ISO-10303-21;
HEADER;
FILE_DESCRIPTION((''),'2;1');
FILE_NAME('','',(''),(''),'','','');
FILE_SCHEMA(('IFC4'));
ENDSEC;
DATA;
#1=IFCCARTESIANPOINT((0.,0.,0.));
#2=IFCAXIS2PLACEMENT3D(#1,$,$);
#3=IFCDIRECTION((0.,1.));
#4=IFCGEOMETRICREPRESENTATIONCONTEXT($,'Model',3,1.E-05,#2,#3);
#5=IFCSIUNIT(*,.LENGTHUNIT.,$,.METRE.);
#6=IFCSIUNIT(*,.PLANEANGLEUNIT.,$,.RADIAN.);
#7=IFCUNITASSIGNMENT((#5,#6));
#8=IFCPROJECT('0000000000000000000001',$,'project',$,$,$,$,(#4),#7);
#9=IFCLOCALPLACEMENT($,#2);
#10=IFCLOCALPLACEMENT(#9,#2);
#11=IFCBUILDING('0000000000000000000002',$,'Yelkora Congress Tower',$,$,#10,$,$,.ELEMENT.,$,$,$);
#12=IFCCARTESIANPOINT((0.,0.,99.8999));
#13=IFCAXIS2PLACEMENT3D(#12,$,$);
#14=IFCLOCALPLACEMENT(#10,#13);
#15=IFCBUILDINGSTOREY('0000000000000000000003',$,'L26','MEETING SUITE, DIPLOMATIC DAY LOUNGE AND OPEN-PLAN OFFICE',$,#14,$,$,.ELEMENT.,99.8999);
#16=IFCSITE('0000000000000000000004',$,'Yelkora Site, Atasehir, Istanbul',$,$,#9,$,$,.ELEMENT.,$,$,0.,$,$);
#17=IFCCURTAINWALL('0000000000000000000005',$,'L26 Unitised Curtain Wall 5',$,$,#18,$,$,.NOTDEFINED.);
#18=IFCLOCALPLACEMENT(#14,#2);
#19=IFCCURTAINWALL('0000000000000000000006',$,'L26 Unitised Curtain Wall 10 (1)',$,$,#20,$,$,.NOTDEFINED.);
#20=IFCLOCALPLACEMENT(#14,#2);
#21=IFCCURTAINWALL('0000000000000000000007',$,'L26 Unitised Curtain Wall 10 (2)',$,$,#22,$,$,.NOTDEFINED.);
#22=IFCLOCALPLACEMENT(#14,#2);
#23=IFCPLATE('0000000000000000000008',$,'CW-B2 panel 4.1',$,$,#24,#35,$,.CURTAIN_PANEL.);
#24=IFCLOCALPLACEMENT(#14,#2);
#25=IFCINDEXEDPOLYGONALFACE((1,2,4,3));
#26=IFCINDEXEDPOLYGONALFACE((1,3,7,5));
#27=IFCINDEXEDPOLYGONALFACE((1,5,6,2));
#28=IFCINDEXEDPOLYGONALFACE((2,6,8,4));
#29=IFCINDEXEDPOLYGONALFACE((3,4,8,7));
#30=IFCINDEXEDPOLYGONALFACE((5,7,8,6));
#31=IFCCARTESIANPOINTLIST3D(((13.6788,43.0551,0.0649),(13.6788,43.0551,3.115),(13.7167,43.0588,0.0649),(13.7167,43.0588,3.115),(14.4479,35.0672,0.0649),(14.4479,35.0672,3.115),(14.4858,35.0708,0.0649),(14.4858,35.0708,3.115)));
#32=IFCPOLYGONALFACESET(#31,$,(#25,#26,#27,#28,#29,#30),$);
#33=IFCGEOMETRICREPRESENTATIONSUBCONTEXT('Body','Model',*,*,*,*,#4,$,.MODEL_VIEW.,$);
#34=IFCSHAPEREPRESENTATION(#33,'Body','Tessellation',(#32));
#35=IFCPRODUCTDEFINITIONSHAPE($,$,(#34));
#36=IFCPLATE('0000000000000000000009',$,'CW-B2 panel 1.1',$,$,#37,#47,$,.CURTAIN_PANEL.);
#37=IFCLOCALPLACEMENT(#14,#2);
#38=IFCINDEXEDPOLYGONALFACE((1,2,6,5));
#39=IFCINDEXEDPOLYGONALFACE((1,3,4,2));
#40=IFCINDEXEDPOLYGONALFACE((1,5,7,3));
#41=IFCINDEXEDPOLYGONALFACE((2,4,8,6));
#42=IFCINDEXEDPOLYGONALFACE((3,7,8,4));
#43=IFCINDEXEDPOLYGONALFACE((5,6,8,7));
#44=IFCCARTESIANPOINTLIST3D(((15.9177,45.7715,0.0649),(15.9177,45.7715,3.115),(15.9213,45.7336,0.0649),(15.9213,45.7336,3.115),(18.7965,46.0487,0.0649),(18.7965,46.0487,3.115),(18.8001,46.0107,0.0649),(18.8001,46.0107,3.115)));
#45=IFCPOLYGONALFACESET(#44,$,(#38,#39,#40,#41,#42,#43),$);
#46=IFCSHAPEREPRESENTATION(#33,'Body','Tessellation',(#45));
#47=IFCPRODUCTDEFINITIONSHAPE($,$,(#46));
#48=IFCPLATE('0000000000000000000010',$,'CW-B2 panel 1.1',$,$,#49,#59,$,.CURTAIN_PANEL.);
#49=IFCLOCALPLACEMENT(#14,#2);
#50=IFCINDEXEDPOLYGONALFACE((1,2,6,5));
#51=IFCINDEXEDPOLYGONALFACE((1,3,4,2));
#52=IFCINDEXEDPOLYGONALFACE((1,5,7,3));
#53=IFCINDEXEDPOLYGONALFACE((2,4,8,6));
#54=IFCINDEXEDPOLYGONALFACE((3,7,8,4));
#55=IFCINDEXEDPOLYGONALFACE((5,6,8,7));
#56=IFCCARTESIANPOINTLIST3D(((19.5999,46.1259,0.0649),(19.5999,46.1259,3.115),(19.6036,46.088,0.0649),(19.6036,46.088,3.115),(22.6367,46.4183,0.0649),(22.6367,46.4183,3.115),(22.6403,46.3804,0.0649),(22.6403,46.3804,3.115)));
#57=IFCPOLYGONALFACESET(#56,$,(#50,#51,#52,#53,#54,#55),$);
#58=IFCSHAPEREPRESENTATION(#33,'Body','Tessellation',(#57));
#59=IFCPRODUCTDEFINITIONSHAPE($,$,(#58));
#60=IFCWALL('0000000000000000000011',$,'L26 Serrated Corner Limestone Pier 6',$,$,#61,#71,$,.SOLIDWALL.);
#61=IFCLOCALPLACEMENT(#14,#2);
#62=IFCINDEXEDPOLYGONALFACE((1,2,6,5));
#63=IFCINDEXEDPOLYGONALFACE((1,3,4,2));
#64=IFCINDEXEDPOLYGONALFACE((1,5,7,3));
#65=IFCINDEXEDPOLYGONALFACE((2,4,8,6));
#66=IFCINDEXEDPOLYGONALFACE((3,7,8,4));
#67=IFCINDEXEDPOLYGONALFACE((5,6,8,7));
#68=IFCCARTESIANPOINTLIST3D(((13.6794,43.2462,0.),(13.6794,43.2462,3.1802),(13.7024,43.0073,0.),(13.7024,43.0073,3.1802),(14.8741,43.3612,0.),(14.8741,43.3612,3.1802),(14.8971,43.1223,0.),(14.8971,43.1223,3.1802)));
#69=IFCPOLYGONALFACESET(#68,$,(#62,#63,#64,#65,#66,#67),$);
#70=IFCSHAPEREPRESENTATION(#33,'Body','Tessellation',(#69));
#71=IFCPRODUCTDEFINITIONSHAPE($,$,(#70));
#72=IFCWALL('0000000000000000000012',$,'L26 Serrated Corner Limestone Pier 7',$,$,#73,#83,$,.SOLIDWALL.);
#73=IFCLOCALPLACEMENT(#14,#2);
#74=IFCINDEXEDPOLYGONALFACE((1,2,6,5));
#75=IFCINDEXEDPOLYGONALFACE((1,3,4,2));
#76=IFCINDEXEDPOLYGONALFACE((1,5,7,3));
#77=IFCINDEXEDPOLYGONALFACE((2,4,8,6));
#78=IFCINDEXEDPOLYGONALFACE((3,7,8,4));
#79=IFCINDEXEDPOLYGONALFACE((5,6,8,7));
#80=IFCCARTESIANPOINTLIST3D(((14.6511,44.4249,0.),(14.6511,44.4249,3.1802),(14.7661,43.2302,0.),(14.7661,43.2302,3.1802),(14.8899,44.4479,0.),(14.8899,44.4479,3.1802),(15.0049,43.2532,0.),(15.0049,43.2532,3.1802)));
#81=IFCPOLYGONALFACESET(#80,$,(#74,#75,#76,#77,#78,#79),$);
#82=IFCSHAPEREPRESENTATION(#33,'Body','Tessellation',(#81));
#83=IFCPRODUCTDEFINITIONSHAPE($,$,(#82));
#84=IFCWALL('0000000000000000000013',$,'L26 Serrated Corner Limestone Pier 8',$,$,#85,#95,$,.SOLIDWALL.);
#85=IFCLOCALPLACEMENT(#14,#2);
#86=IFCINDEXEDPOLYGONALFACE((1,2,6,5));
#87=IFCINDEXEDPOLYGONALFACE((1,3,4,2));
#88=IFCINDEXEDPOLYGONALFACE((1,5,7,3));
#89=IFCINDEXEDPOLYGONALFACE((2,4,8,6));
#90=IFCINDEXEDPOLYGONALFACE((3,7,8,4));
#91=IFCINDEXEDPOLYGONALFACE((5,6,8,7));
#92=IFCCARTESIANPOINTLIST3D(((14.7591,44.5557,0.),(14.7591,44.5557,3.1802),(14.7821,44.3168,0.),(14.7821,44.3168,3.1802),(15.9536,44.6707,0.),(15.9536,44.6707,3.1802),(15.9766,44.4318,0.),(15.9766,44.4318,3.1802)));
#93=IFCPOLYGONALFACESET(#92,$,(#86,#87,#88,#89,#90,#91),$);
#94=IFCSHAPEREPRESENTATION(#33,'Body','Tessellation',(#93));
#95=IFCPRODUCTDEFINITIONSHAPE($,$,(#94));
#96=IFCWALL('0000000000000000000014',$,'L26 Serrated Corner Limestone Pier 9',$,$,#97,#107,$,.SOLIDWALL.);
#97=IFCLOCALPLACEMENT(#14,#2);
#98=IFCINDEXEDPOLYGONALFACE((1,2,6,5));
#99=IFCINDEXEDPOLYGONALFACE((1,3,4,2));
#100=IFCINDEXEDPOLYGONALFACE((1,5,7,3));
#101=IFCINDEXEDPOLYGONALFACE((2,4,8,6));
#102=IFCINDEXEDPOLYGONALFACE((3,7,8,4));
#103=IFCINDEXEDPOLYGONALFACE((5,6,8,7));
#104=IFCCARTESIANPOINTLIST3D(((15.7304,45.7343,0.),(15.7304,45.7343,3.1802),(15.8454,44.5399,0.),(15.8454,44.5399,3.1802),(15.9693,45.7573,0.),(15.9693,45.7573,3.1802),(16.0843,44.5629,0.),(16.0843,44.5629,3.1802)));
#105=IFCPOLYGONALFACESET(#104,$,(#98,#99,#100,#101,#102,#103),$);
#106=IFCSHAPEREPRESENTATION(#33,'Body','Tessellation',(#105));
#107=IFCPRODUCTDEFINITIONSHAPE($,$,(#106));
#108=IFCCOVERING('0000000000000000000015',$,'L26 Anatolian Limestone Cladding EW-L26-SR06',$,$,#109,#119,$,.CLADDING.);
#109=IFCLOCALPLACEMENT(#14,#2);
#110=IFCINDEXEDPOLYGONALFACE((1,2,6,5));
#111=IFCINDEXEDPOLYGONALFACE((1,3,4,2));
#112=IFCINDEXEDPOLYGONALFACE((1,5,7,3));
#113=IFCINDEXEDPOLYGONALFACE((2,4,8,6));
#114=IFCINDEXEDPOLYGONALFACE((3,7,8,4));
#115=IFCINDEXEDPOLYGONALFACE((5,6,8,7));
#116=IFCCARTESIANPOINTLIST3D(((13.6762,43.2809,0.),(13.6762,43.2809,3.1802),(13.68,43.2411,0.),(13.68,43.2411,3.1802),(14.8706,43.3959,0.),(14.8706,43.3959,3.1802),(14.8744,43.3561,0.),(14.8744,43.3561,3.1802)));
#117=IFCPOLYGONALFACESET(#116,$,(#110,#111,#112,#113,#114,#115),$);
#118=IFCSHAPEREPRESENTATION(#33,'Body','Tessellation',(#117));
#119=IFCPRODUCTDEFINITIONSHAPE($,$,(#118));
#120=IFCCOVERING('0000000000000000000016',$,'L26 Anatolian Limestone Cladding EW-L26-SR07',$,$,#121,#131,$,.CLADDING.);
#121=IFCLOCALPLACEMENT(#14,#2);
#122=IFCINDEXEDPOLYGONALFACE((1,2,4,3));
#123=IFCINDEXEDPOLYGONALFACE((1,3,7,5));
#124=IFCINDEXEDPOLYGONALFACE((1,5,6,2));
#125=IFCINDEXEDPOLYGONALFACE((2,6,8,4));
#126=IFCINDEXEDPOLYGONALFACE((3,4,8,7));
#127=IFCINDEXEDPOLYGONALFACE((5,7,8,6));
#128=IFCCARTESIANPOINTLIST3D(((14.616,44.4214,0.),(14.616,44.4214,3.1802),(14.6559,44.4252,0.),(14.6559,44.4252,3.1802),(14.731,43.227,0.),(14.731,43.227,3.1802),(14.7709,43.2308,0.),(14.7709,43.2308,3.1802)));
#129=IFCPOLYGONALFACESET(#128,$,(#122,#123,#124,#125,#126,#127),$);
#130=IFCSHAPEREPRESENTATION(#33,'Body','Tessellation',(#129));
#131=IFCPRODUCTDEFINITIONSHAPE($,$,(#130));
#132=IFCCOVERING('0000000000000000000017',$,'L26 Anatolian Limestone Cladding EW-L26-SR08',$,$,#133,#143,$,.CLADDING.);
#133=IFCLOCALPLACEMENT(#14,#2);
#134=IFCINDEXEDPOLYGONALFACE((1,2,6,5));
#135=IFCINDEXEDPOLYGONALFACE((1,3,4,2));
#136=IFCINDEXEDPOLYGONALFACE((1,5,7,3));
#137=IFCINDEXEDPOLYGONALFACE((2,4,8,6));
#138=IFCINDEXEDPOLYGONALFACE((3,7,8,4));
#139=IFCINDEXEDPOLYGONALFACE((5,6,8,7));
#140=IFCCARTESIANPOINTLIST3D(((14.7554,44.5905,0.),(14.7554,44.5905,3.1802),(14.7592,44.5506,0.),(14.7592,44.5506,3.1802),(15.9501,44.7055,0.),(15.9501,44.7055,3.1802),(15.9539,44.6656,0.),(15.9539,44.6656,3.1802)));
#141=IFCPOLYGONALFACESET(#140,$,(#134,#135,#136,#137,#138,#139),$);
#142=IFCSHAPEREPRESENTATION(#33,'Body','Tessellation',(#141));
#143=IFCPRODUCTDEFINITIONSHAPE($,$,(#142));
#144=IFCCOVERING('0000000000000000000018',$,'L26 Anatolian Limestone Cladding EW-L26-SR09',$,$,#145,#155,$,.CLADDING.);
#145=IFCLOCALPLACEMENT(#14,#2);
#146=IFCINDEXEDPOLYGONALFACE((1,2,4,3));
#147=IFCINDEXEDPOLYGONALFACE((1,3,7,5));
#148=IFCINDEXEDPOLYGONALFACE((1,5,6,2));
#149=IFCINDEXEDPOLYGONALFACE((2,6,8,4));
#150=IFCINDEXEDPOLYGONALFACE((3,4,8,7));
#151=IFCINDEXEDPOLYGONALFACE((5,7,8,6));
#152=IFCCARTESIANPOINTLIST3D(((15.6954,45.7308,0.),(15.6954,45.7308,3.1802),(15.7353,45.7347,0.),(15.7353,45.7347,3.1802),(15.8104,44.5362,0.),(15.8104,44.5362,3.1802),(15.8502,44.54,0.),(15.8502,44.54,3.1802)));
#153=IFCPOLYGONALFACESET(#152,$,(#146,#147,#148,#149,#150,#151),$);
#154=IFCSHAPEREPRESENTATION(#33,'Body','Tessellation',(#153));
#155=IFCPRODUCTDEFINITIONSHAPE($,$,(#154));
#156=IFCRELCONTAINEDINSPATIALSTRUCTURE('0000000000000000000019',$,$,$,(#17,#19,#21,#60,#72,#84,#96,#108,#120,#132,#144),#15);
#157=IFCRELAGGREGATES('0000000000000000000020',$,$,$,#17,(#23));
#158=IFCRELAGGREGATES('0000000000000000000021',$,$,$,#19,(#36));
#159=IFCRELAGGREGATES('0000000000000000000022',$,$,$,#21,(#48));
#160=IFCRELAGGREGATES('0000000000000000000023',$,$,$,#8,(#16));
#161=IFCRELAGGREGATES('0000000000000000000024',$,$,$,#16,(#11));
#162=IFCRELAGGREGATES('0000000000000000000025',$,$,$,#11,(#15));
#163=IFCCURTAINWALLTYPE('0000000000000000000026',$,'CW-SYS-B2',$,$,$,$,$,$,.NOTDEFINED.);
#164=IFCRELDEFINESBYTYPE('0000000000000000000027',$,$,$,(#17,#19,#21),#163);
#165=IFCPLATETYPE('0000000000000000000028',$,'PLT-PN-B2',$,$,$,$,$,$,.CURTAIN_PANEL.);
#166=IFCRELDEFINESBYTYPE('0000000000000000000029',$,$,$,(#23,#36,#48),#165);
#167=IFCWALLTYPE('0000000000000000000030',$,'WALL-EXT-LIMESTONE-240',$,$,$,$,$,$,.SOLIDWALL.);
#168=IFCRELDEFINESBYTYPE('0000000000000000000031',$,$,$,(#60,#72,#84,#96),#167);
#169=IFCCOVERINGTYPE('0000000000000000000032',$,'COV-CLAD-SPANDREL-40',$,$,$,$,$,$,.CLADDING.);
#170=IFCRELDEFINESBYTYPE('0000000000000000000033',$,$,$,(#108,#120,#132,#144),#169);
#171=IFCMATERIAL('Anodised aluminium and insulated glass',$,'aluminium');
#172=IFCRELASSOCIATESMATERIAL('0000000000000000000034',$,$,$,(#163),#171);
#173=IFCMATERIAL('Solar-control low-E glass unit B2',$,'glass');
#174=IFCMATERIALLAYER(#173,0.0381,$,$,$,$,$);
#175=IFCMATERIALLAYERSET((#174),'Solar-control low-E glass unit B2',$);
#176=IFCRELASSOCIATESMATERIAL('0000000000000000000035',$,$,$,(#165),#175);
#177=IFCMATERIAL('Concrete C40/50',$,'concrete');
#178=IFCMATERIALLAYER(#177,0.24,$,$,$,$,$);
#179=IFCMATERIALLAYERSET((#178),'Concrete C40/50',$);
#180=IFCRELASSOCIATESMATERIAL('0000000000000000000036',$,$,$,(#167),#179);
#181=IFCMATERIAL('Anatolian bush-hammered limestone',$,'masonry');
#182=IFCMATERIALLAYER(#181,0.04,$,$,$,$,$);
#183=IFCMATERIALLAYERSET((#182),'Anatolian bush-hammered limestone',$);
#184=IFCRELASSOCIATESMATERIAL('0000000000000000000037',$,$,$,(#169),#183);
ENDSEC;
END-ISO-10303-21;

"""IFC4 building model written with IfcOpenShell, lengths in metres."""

from ifc_helpers import new_model, si_unit, direction, frame, frame_2d, origin, origin_2d, place, context, subcontext, project, spatial, rectangle, extrude, material, layer, layer_set, type_object, element, aggregate, save


model = new_model("IFC4")

# Units and contexts
model_context = context("Model", 3, precision=1e-05, world=origin(), true_north=direction((0.0, 1.0)))
body_context = subcontext(model_context, "Body", "Model", "MODEL_VIEW")
ifc_project = project(units=[si_unit("LENGTHUNIT", "METRE"), si_unit("PLANEANGLEUNIT", "RADIAN")], contexts=[model_context])

# Site, building, storey
site_placement = place(None, origin())
site = spatial("IfcSite", under=ifc_project, at=site_placement, Name="Yelkora Site, Atasehir, Istanbul", CompositionType="ELEMENT", RefElevation=0.0)
building_placement = place(site_placement, origin())
building = spatial("IfcBuilding", under=site, at=building_placement, Name="Yelkora Congress Tower", CompositionType="ELEMENT")
storey_placement = place(building_placement, frame((0.0, 0.0, 99.8999)))
storey = spatial("IfcBuildingStorey", under=building, at=storey_placement, Name="L26", Description="MEETING SUITE, DIPLOMATIC DAY LOUNGE AND OPEN-PLAN OFFICE", CompositionType="ELEMENT", Elevation=99.8999)

# Curtain wall
ifc_material_1 = material(Name="Anodised aluminium and insulated glass", Category="aluminium")
curtain_wall_type = type_object("IfcCurtainWallType", Name="CW-SYS-B2", PredefinedType="NOTDEFINED", material=ifc_material_1)
curtain_wall_1_placement = place(storey_placement, origin())
curtain_wall_1 = element("IfcCurtainWall", 1, at=curtain_wall_1_placement, inside=storey, type_object=curtain_wall_type, Name="L26 Unitised Curtain Wall 5", PredefinedType="NOTDEFINED")

# Curtain wall
curtain_wall_2_placement = place(storey_placement, origin())
curtain_wall_2 = element("IfcCurtainWall", 2, at=curtain_wall_2_placement, inside=storey, type_object=curtain_wall_type, Name="L26 Unitised Curtain Wall 10 (1)", PredefinedType="NOTDEFINED")

# Curtain wall
curtain_wall_3_placement = place(storey_placement, origin())
curtain_wall_3 = element("IfcCurtainWall", 3, at=curtain_wall_3_placement, inside=storey, type_object=curtain_wall_type, Name="L26 Unitised Curtain Wall 10 (2)", PredefinedType="NOTDEFINED")

# Plates
ifc_material_2 = material(Name="Solar-control low-E glass unit B2", Category="glass")
ifc_layer_1 = layer(ifc_material_2, 0.0381)
ifc_layer_set_1 = layer_set([ifc_layer_1], Name="Solar-control low-E glass unit B2")
plate_type = type_object("IfcPlateType", Name="PLT-PN-B2", PredefinedType="CURTAIN_PANEL", material=ifc_layer_set_1)
plate_1_placement = place(storey_placement, frame((14.0823, 39.063, 0.0649), z_axis=(0.0, 0.0, 1.0), x_axis=(-0.095843, 0.995397, 0.0)))
plate_1 = element("IfcPlate", 4, at=plate_1_placement, type_object=plate_type, Name="CW-B2 panel 4.1", PredefinedType="CURTAIN_PANEL", context=body_context, shape_type="SweptSolid", body=[
    extrude(rectangle(XDim=8.0249, YDim=0.0381, at=origin_2d()), origin(), (0.0, 0.0, 1.0), 3.05),
])
aggregate(curtain_wall_1, [plate_1])
plate_2_placement = place(storey_placement, frame((17.3589, 45.8911, 0.0649), z_axis=(0.0, 0.0, 1.0), x_axis=(0.995397, 0.095839, 0.0)))
plate_2 = element("IfcPlate", 5, at=plate_2_placement, type_object=plate_type, Name="CW-B2 panel 1.1", PredefinedType="CURTAIN_PANEL", context=body_context, shape_type="SweptSolid", body=[
    extrude(rectangle(XDim=2.8921, YDim=0.0381, at=origin_2d()), origin(), (0.0, 0.0, 1.0), 3.05),
])
aggregate(curtain_wall_2, [plate_2])
plate_3_placement = place(storey_placement, frame((21.1201, 46.2532, 0.0649), z_axis=(0.0, 0.0, 1.0), x_axis=(0.995397, 0.095841, 0.0)))
plate_3 = element("IfcPlate", 6, at=plate_3_placement, type_object=plate_type, Name="CW-B2 panel 1.1", PredefinedType="CURTAIN_PANEL", context=body_context, shape_type="SweptSolid", body=[
    extrude(rectangle(XDim=3.0508, YDim=0.0381, at=origin_2d()), origin(), (0.0, 0.0, 1.0), 3.05),
])
aggregate(curtain_wall_3, [plate_3])

# Walls
ifc_material_3 = material(Name="Concrete C40/50", Category="concrete")
ifc_layer_2 = layer(ifc_material_3, 0.24)
ifc_layer_set_2 = layer_set([ifc_layer_2], Name="Concrete C40/50")
wall_type = type_object("IfcWallType", Name="WALL-EXT-LIMESTONE-240", PredefinedType="SOLIDWALL", material=ifc_layer_set_2)
for number, where, z_axis, x_axis, name in (
    (7, (13.6909, 43.1267, 0.0), (0.0, 0.0, 1.0), (0.995399, 0.095817, 0.0), "L26 Serrated Corner Limestone Pier 6"),
    (8, (14.8855, 43.2417, 0.0), (0.0, 0.0, 1.0), (-0.095817, 0.995399, 0.0), "L26 Serrated Corner Limestone Pier 7"),
):
    element("IfcWall", number, at=place(storey_placement, frame(where, z_axis=z_axis, x_axis=x_axis)), inside=storey, type_object=wall_type, Name=name, PredefinedType="SOLIDWALL", context=body_context, shape_type="SweptSolid", body=[
        extrude(rectangle(XDim=1.2002, YDim=0.24, at=frame_2d((0.6001, 0.0))), origin(), (0.0, 0.0, 1.0), 3.1802),
    ])
for number, where, z_axis, x_axis, name in (
    (9, (14.7705, 44.4363, 0.0), (0.0, 0.0, 1.0), (0.995397, 0.095836, 0.0), "L26 Serrated Corner Limestone Pier 8"),
    (10, (15.9648, 44.5513, 0.0), (0.0, 0.0, 1.0), (-0.095836, 0.995397, 0.0), "L26 Serrated Corner Limestone Pier 9"),
):
    element("IfcWall", number, at=place(storey_placement, frame(where, z_axis=z_axis, x_axis=x_axis)), inside=storey, type_object=wall_type, Name=name, PredefinedType="SOLIDWALL", context=body_context, shape_type="SweptSolid", body=[
        extrude(rectangle(XDim=1.2, YDim=0.24, at=frame_2d((0.6001, 0.0))), origin(), (0.0, 0.0, 1.0), 3.1802),
    ])

# Coverings
ifc_material_4 = material(Name="Anatolian bush-hammered limestone", Category="masonry")
ifc_layer_3 = layer(ifc_material_4, 0.04)
ifc_layer_set_3 = layer_set([ifc_layer_3], Name="Anatolian bush-hammered limestone")
covering_type = type_object("IfcCoveringType", Name="COV-CLAD-SPANDREL-40", PredefinedType="CLADDING", material=ifc_layer_set_3)
for number, where, z_axis, x_axis, name in (
    (11, (13.678, 43.261, 0.0), (0.0, 0.0, 1.0), (0.995397, 0.095836, 0.0), "L26 Anatolian Limestone Cladding EW-L26-SR06"),
    (12, (14.751, 43.2288, 0.0), (0.0, 0.0, 1.0), (-0.095836, 0.995397, 0.0), "L26 Anatolian Limestone Cladding EW-L26-SR07"),
):
    element("IfcCovering", number, at=place(storey_placement, frame(where, z_axis=z_axis, x_axis=x_axis)), inside=storey, type_object=covering_type, Name=name, PredefinedType="CLADDING", context=body_context, shape_type="SweptSolid", body=[
        extrude(rectangle(XDim=1.2, YDim=0.04, at=frame_2d((0.6001, 0.0))), origin(), (0.0, 0.0, 1.0), 3.1802),
    ])
for number, where, z_axis, x_axis, name in (
    (13, (14.7573, 44.5706, 0.0), (0.0, 0.0, 1.0), (0.995399, 0.095817, 0.0), "L26 Anatolian Limestone Cladding EW-L26-SR08"),
    (14, (15.8303, 44.5381, 0.0), (0.0, 0.0, 1.0), (-0.095817, 0.995399, 0.0), "L26 Anatolian Limestone Cladding EW-L26-SR09"),
):
    element("IfcCovering", number, at=place(storey_placement, frame(where, z_axis=z_axis, x_axis=x_axis)), inside=storey, type_object=covering_type, Name=name, PredefinedType="CLADDING", context=body_context, shape_type="SweptSolid", body=[
        extrude(rectangle(XDim=1.2002, YDim=0.04, at=frame_2d((0.6001, 0.0))), origin(), (0.0, 0.0, 1.0), 3.1802),
    ])

save(model, "model.ifc")
